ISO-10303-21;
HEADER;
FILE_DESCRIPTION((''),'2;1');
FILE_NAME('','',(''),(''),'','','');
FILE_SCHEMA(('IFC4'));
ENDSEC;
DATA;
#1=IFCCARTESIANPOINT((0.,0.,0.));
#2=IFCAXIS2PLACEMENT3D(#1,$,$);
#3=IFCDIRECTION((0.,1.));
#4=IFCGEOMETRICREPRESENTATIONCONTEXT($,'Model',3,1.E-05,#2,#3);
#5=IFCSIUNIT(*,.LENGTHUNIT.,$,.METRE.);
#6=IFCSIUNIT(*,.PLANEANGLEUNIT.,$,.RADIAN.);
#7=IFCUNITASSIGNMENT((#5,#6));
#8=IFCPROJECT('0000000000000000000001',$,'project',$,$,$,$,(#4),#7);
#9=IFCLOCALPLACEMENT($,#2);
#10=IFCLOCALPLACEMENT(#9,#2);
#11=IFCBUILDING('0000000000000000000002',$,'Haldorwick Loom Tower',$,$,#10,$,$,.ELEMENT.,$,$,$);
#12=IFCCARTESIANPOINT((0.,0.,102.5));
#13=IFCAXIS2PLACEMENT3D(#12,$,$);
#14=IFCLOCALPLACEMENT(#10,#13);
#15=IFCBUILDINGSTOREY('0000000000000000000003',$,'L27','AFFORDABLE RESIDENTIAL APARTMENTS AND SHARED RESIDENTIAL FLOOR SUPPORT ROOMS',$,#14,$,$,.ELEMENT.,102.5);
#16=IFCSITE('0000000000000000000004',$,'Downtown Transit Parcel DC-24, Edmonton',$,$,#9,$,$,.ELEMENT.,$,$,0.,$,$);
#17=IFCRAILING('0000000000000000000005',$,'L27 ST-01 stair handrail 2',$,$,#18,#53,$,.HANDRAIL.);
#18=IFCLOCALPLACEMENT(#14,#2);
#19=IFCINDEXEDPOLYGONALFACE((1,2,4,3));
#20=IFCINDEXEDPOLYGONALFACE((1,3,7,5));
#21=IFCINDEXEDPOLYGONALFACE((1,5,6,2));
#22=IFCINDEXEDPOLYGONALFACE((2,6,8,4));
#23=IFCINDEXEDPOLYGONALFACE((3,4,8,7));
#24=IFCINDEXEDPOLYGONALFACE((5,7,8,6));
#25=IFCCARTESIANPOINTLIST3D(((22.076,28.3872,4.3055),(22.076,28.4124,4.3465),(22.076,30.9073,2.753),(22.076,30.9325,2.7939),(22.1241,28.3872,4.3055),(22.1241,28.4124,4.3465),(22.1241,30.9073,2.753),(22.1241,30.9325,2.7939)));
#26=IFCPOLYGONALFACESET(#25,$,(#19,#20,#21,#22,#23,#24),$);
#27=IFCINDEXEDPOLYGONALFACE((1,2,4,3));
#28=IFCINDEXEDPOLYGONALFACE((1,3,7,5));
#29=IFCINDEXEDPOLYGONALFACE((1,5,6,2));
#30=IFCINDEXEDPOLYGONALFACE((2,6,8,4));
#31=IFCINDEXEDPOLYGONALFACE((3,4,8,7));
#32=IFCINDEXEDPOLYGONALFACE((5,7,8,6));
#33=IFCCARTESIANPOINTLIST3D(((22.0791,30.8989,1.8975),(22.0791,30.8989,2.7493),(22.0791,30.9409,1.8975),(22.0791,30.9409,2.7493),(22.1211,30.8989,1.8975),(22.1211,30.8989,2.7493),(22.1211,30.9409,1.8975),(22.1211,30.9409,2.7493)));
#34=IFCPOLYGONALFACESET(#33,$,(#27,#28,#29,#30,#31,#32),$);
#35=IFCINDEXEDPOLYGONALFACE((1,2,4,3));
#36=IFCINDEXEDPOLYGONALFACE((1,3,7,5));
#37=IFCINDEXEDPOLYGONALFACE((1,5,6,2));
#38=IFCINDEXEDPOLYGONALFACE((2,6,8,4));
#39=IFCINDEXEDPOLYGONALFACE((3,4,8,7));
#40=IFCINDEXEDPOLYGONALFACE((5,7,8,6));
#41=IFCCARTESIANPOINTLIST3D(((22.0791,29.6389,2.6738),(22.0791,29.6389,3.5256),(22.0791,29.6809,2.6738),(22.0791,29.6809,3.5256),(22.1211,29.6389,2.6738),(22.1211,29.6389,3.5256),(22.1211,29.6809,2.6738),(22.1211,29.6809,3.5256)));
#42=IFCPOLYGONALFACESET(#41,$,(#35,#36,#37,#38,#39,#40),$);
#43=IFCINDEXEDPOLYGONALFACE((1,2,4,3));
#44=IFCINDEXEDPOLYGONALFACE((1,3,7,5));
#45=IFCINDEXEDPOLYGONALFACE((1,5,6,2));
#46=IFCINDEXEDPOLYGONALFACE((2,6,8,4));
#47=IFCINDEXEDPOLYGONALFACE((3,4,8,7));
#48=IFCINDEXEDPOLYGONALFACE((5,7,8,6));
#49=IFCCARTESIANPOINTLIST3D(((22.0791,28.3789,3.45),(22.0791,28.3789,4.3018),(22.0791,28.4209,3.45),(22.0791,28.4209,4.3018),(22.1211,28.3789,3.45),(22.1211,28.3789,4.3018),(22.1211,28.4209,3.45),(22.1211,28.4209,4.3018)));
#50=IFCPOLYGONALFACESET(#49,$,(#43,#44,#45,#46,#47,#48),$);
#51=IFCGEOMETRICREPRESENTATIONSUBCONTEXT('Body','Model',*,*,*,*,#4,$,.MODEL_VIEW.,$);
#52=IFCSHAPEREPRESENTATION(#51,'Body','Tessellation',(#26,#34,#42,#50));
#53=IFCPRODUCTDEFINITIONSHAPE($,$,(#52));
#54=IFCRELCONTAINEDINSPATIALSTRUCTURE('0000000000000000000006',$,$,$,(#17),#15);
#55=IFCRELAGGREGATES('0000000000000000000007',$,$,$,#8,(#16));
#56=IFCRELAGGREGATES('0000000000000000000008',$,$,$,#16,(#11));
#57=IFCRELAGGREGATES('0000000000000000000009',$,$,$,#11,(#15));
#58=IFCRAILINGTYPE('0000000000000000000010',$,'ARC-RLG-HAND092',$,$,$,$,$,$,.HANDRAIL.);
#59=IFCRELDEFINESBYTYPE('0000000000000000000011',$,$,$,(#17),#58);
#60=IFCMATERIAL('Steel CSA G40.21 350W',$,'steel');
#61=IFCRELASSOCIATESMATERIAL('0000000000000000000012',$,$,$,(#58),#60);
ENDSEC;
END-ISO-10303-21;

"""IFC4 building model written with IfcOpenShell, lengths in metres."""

from ifc_helpers import new_model, si_unit, direction, frame, origin, origin_2d, place, context, subcontext, project, spatial, rectangle, extrude, material, type_object, element, save


model = new_model("IFC4")

# Units and contexts
model_context = context("Model", 3, precision=1e-05, world=origin(), true_north=direction((0.0, 1.0)))
body_context = subcontext(model_context, "Body", "Model", "MODEL_VIEW")
ifc_project = project(units=[si_unit("LENGTHUNIT", "METRE"), si_unit("PLANEANGLEUNIT", "RADIAN")], contexts=[model_context])

# Site, building, storey
site_placement = place(None, origin())
site = spatial("IfcSite", under=ifc_project, at=site_placement, Name="Downtown Transit Parcel DC-24, Edmonton", CompositionType="ELEMENT", RefElevation=0.0)
building_placement = place(site_placement, origin())
building = spatial("IfcBuilding", under=site, at=building_placement, Name="Haldorwick Loom Tower", CompositionType="ELEMENT")
storey_placement = place(building_placement, frame((0.0, 0.0, 102.5)))
storey = spatial("IfcBuildingStorey", under=building, at=storey_placement, Name="L27", Description="AFFORDABLE RESIDENTIAL APARTMENTS AND SHARED RESIDENTIAL FLOOR SUPPORT ROOMS", CompositionType="ELEMENT", Elevation=102.5)

# Shared definitions
ifc_material_1 = material(Name="Steel CSA G40.21 350W", Category="steel")

# Railing
railing_type = type_object("IfcRailingType", Name="ARC-RLG-HAND092", PredefinedType="HANDRAIL", material=ifc_material_1)
railing_placement = place(storey_placement, frame((22.1001, 30.9199, 1.8975)))
element("IfcRailing", 1, at=railing_placement, inside=storey, type_object=railing_type, Name="L27 ST-01 stair handrail 2", PredefinedType="HANDRAIL", context=body_context, shape_type="SweptSolid", body=[
    extrude(rectangle(XDim=0.0481, YDim=0.0481, at=origin_2d()), frame((0.0, 0.0, 0.876), z_axis=(0.0, -0.8514, 0.524516), x_axis=(1.0, 0.0, 0.0)), (0.0, 0.0, 1.0), 2.96),
    extrude(rectangle(XDim=0.042, YDim=0.042, at=origin_2d()), origin(), (0.0, 0.0, 1.0), 0.8518),
    extrude(rectangle(XDim=0.042, YDim=0.042, at=origin_2d()), frame((0.0, -1.26, 0.7764)), (0.0, 0.0, 1.0), 0.8518),
    extrude(rectangle(XDim=0.042, YDim=0.042, at=origin_2d()), frame((0.0, -2.52, 1.5525)), (0.0, 0.0, 1.0), 0.8518),
])

save(model, "model.ifc")
